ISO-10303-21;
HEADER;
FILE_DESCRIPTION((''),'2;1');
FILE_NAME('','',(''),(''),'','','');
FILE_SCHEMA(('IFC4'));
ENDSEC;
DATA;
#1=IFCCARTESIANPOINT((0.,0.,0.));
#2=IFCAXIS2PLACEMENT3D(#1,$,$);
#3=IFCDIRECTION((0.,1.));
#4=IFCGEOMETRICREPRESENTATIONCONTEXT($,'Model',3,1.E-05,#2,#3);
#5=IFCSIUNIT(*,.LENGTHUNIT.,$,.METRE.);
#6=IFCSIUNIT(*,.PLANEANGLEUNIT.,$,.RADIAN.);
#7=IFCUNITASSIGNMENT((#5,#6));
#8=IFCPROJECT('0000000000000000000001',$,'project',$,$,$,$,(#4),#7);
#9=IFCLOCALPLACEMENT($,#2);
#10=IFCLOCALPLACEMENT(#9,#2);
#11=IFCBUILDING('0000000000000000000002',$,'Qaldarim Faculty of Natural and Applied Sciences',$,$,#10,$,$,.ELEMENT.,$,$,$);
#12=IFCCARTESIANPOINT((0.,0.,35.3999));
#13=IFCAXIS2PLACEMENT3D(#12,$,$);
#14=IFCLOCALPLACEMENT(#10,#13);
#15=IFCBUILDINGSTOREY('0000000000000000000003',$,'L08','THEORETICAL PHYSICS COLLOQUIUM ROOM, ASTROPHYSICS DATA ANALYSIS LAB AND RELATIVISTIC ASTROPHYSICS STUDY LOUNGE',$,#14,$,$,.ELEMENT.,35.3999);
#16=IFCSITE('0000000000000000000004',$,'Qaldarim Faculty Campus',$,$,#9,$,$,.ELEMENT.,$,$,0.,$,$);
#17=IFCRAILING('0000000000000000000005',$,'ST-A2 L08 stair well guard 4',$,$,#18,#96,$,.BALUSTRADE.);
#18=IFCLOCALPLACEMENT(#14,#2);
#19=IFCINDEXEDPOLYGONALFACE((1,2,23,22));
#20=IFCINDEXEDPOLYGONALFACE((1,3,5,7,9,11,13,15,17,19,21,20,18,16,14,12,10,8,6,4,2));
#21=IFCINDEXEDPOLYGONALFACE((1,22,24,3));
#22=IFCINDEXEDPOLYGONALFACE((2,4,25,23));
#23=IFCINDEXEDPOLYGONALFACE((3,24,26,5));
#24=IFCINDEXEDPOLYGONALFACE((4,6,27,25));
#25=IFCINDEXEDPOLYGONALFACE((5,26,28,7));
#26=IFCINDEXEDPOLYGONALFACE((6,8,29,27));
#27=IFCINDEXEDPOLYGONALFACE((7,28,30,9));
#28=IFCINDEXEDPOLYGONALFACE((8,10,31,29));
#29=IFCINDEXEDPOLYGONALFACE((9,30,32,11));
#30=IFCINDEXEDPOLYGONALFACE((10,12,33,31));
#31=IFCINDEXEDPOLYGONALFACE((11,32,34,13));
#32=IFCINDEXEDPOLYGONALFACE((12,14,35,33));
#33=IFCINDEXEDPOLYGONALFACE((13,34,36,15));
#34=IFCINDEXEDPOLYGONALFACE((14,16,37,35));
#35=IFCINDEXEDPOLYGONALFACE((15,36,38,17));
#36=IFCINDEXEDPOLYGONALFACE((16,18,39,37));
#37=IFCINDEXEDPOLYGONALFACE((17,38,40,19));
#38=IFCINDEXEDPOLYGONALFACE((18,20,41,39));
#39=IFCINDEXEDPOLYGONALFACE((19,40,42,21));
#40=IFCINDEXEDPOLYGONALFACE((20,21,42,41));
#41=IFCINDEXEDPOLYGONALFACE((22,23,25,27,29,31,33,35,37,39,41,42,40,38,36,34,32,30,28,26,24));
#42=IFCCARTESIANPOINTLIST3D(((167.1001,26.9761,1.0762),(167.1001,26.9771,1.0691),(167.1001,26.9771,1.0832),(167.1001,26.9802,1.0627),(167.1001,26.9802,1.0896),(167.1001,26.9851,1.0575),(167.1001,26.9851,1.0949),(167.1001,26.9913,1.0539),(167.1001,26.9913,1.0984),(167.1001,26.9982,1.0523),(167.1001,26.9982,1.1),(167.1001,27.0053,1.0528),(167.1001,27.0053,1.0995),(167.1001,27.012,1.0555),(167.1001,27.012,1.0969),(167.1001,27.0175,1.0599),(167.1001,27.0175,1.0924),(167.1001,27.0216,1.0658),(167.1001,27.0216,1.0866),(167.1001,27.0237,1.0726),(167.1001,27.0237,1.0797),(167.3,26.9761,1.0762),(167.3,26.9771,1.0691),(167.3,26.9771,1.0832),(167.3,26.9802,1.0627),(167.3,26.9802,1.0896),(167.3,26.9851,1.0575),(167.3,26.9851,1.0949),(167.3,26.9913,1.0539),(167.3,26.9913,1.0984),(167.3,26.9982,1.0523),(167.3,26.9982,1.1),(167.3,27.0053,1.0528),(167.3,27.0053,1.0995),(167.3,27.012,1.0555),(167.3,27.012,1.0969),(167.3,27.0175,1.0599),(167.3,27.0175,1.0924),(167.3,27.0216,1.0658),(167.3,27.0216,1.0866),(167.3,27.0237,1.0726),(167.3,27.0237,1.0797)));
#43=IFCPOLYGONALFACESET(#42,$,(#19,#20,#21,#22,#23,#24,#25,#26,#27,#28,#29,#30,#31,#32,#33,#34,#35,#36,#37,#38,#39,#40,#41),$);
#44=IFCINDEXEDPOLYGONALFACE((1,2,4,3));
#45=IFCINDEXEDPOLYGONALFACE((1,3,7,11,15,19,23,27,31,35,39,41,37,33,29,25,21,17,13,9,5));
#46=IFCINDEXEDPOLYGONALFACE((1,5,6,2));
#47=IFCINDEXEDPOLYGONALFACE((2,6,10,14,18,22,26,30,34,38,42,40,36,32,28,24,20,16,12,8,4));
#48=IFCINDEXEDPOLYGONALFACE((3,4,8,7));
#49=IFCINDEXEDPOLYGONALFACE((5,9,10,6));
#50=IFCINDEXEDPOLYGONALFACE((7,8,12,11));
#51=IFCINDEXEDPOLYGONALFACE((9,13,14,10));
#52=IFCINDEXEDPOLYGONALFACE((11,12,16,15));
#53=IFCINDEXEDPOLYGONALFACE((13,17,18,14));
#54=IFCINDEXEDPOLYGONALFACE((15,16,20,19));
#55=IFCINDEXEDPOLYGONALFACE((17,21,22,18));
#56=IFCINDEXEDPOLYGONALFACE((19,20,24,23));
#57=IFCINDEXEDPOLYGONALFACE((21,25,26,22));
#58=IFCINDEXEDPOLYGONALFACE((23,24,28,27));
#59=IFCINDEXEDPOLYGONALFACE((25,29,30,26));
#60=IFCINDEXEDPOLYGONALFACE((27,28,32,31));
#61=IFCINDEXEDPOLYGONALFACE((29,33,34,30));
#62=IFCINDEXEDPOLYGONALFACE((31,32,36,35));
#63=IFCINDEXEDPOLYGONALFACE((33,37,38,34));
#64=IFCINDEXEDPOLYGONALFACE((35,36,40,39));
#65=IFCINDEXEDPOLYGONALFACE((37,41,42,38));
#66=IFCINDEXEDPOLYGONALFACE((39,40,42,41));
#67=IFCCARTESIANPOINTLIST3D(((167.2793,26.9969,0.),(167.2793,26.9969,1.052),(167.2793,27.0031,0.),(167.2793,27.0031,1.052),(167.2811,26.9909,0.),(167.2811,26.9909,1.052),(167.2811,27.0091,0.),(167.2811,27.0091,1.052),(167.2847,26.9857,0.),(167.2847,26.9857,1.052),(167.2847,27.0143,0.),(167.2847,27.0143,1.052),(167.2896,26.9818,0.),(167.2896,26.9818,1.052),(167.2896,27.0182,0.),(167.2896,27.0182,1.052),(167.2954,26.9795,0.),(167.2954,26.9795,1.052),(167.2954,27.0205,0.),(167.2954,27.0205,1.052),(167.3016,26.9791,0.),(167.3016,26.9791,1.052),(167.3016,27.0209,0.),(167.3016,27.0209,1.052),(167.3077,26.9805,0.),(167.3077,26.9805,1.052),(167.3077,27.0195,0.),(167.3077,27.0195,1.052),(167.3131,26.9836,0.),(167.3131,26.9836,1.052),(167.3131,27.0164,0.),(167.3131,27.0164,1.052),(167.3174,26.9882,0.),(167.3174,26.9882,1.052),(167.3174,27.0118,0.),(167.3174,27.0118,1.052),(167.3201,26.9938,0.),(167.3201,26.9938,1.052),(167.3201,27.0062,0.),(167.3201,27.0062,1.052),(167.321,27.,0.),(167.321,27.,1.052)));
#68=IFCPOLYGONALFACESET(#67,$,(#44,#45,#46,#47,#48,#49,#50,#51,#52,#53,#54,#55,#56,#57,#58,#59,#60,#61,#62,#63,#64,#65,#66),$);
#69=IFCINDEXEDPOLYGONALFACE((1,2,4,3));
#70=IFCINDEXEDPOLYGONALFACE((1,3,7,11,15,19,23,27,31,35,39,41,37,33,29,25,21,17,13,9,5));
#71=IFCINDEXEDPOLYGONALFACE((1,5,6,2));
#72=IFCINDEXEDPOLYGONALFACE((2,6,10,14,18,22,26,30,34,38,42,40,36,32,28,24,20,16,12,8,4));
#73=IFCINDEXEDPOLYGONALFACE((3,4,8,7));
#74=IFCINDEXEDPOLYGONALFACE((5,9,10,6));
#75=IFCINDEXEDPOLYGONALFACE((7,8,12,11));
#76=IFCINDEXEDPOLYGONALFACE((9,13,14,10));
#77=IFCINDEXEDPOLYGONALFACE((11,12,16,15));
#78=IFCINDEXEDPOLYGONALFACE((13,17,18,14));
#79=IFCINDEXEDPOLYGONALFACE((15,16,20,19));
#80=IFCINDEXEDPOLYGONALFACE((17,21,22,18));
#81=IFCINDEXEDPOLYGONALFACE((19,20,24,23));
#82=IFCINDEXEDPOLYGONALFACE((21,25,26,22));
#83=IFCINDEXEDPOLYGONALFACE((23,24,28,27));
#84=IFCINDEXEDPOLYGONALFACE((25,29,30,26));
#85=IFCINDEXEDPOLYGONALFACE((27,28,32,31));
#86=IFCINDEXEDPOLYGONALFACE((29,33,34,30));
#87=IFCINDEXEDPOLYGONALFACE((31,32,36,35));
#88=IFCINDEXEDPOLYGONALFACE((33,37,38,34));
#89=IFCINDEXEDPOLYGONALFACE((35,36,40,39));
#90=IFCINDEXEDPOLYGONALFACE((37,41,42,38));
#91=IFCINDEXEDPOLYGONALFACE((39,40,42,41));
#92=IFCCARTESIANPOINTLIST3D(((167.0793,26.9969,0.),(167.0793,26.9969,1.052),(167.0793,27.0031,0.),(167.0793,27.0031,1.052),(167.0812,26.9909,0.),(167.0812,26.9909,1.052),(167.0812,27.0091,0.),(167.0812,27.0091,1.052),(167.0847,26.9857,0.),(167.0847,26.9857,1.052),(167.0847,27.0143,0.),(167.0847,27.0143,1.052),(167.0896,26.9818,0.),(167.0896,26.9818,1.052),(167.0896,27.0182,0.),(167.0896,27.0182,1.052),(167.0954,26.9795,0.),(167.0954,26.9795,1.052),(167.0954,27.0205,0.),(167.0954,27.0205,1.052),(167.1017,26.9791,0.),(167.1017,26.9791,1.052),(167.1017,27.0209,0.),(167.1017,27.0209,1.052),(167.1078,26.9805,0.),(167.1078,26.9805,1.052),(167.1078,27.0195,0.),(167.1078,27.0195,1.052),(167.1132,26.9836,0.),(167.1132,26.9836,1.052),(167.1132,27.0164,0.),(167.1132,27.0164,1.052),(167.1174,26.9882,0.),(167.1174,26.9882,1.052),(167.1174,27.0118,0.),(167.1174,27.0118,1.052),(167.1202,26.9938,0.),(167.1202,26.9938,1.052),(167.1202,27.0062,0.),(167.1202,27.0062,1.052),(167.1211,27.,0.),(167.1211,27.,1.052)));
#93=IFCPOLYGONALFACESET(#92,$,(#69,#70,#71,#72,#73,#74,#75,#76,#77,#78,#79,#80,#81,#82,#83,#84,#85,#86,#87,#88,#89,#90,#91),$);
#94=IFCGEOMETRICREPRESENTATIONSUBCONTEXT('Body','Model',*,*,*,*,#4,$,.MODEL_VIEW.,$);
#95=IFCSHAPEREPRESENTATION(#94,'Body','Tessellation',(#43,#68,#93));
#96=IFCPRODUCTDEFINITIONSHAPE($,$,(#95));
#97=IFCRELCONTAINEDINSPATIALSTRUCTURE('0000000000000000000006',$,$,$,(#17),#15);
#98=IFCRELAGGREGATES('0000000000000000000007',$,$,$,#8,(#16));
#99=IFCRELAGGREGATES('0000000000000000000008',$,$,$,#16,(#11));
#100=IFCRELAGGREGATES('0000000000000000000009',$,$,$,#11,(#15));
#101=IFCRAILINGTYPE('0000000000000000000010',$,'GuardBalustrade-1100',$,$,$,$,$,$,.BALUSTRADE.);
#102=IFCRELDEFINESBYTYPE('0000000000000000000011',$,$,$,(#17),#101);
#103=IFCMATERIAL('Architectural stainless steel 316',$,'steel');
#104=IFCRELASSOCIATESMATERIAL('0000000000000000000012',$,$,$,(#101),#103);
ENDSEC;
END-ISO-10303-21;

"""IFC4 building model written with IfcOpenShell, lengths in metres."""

from ifc_helpers import new_model, si_unit, direction, frame, origin, origin_2d, place, context, subcontext, project, spatial, circle, extrude, material, type_object, element, save


model = new_model("IFC4")

# Units and contexts
model_context = context("Model", 3, precision=1e-05, world=origin(), true_north=direction((0.0, 1.0)))
body_context = subcontext(model_context, "Body", "Model", "MODEL_VIEW")
ifc_project = project(units=[si_unit("LENGTHUNIT", "METRE"), si_unit("PLANEANGLEUNIT", "RADIAN")], contexts=[model_context])

# Site, building, storey
site_placement = place(None, origin())
site = spatial("IfcSite", under=ifc_project, at=site_placement, Name="Qaldarim Faculty Campus", CompositionType="ELEMENT", RefElevation=0.0)
building_placement = place(site_placement, origin())
building = spatial("IfcBuilding", under=site, at=building_placement, Name="Qaldarim Faculty of Natural and Applied Sciences", CompositionType="ELEMENT")
storey_placement = place(building_placement, frame((0.0, 0.0, 35.3999)))
storey = spatial("IfcBuildingStorey", under=building, at=storey_placement, Name="L08", Description="THEORETICAL PHYSICS COLLOQUIUM ROOM, ASTROPHYSICS DATA ANALYSIS LAB AND RELATIVISTIC ASTROPHYSICS STUDY LOUNGE", CompositionType="ELEMENT", Elevation=35.3999)

# Shared definitions
ifc_material_1 = material(Name="Architectural stainless steel 316", Category="steel")

# Railing
railing_type_1 = type_object("IfcRailingType", Name="GuardBalustrade-1100", PredefinedType="BALUSTRADE", material=ifc_material_1)
railing_1_placement = place(storey_placement, frame((167.3, 27.0, 0.0)))
element("IfcRailing", 1, at=railing_1_placement, inside=storey, type_object=railing_type_1, Name="ST-A2 L08 stair well guard 4", PredefinedType="BALUSTRADE", context=body_context, shape_type="SweptSolid", body=[
    extrude(circle(Radius=0.0239, at=origin_2d()), frame((0.0, 0.0, 1.0762), z_axis=(-1.0, 0.0, 0.0), x_axis=(0.0, -1.0, 0.0)), (0.0, 0.0, 1.0), 0.2),
    extrude(circle(Radius=0.021, at=origin_2d()), origin(), (0.0, 0.0, 1.0), 1.052),
    extrude(circle(Radius=0.021, at=origin_2d()), frame((-0.2, 0.0, 0.0)), (0.0, 0.0, 1.0), 1.052),
])

save(model, "model.ifc")
